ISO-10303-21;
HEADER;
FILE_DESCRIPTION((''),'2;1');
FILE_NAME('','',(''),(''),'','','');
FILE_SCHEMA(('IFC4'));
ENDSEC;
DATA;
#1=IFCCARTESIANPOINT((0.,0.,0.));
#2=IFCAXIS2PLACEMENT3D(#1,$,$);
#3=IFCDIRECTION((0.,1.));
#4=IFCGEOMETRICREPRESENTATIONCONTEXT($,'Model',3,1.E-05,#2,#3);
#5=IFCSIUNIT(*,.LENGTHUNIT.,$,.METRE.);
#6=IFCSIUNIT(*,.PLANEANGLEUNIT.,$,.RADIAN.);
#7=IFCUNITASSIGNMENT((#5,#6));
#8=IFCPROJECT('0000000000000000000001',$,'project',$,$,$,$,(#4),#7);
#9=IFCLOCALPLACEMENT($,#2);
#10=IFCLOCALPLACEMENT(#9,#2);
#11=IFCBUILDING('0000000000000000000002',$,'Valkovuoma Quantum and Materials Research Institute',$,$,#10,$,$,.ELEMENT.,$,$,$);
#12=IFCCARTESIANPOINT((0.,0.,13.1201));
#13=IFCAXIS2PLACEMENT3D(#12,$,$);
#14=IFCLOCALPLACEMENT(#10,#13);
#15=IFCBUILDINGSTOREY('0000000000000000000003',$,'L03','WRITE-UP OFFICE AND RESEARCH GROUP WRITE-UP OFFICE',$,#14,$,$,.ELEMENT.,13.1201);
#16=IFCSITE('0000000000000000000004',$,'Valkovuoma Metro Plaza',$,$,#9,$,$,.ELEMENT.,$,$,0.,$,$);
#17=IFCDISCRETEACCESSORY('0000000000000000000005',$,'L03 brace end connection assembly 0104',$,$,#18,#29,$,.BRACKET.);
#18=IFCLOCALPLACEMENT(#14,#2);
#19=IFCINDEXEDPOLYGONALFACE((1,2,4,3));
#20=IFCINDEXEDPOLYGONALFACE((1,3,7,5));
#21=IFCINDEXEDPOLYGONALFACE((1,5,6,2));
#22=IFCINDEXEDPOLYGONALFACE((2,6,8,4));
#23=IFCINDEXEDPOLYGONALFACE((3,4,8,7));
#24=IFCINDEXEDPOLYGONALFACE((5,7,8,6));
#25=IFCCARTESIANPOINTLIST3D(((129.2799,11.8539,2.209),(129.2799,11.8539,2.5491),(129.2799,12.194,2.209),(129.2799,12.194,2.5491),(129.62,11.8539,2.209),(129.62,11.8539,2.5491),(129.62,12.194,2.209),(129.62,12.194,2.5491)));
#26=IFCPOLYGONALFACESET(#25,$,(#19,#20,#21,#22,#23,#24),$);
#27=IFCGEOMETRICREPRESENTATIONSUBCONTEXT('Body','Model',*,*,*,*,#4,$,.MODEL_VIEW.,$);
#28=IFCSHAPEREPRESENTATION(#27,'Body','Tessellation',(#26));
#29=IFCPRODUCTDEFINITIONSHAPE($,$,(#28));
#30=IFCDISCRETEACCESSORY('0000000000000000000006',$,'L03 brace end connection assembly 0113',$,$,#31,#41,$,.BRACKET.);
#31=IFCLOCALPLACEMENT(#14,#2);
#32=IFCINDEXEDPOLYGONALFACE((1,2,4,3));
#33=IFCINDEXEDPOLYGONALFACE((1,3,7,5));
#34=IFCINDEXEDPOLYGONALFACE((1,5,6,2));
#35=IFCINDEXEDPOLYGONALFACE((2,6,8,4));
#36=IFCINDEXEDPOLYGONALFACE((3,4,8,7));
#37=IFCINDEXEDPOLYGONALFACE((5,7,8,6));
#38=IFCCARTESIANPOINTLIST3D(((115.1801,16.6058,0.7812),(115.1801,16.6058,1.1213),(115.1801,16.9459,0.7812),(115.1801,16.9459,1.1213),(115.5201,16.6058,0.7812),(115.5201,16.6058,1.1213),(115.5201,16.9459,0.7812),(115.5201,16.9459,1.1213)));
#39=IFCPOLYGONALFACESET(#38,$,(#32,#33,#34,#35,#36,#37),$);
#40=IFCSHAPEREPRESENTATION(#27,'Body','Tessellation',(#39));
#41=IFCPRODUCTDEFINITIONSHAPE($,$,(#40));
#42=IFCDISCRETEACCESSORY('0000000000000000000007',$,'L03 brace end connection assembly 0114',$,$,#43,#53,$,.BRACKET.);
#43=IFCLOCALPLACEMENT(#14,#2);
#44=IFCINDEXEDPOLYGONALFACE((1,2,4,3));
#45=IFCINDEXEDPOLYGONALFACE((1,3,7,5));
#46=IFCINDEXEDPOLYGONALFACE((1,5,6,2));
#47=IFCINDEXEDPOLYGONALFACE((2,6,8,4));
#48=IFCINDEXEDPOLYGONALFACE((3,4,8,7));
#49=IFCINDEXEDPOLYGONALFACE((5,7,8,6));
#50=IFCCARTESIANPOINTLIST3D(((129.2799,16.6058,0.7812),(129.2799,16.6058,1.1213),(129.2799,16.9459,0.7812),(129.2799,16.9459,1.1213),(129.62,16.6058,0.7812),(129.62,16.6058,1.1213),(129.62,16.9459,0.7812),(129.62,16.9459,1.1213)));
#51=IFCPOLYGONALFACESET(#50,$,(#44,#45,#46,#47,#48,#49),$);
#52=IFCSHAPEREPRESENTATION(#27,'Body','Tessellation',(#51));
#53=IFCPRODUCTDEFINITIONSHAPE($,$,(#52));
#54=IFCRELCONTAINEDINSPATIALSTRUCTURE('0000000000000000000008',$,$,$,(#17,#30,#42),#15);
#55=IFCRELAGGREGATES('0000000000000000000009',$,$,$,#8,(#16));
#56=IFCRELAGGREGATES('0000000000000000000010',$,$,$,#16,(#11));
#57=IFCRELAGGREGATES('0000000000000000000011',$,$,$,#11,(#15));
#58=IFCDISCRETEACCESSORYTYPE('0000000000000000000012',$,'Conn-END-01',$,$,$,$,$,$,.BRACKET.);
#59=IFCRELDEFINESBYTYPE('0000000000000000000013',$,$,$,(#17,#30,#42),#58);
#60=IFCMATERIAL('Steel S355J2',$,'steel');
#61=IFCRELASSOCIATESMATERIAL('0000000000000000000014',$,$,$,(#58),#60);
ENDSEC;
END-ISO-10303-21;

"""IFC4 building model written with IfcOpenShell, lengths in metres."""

from ifc_helpers import new_model, si_unit, direction, frame, origin, origin_2d, place, context, subcontext, project, spatial, rectangle, extrude, material, type_object, element, save


model = new_model("IFC4")

# Units and contexts
model_context = context("Model", 3, precision=1e-05, world=origin(), true_north=direction((0.0, 1.0)))
body_context = subcontext(model_context, "Body", "Model", "MODEL_VIEW")
ifc_project = project(units=[si_unit("LENGTHUNIT", "METRE"), si_unit("PLANEANGLEUNIT", "RADIAN")], contexts=[model_context])

# Site, building, storey
site_placement = place(None, origin())
site = spatial("IfcSite", under=ifc_project, at=site_placement, Name="Valkovuoma Metro Plaza", CompositionType="ELEMENT", RefElevation=0.0)
building_placement = place(site_placement, origin())
building = spatial("IfcBuilding", under=site, at=building_placement, Name="Valkovuoma Quantum and Materials Research Institute", CompositionType="ELEMENT")
storey_placement = place(building_placement, frame((0.0, 0.0, 13.1201)))
storey = spatial("IfcBuildingStorey", under=building, at=storey_placement, Name="L03", Description="WRITE-UP OFFICE AND RESEARCH GROUP WRITE-UP OFFICE", CompositionType="ELEMENT", Elevation=13.1201)

# Discrete accessories
ifc_material_1 = material(Name="Steel S355J2", Category="steel")
discrete_accessory_type = type_object("IfcDiscreteAccessoryType", Name="Conn-END-01", PredefinedType="BRACKET", material=ifc_material_1)
for number, where, z_axis, x_axis, name in (
    (1, (129.45, 12.0239, 2.209), (0.0, 0.0, 1.0), (1.0, 0.0, 0.0), "L03 brace end connection assembly 0104"),
    (2, (115.3501, 16.7759, 0.7812), (0.0, 0.0, 1.0), (1.0, 0.0, 0.0), "L03 brace end connection assembly 0113"),
    (3, (129.45, 16.7759, 0.7812), (0.0, 0.0, 1.0), (1.0, 0.0, 0.0), "L03 brace end connection assembly 0114"),
):
    element("IfcDiscreteAccessory", number, at=place(storey_placement, frame(where, z_axis=z_axis, x_axis=x_axis)), inside=storey, type_object=discrete_accessory_type, Name=name, PredefinedType="BRACKET", context=body_context, shape_type="SweptSolid", body=[
        extrude(rectangle(XDim=0.3401, YDim=0.3401, at=origin_2d()), origin(), (0.0, 0.0, 1.0), 0.3401),
    ])

save(model, "model.ifc")
